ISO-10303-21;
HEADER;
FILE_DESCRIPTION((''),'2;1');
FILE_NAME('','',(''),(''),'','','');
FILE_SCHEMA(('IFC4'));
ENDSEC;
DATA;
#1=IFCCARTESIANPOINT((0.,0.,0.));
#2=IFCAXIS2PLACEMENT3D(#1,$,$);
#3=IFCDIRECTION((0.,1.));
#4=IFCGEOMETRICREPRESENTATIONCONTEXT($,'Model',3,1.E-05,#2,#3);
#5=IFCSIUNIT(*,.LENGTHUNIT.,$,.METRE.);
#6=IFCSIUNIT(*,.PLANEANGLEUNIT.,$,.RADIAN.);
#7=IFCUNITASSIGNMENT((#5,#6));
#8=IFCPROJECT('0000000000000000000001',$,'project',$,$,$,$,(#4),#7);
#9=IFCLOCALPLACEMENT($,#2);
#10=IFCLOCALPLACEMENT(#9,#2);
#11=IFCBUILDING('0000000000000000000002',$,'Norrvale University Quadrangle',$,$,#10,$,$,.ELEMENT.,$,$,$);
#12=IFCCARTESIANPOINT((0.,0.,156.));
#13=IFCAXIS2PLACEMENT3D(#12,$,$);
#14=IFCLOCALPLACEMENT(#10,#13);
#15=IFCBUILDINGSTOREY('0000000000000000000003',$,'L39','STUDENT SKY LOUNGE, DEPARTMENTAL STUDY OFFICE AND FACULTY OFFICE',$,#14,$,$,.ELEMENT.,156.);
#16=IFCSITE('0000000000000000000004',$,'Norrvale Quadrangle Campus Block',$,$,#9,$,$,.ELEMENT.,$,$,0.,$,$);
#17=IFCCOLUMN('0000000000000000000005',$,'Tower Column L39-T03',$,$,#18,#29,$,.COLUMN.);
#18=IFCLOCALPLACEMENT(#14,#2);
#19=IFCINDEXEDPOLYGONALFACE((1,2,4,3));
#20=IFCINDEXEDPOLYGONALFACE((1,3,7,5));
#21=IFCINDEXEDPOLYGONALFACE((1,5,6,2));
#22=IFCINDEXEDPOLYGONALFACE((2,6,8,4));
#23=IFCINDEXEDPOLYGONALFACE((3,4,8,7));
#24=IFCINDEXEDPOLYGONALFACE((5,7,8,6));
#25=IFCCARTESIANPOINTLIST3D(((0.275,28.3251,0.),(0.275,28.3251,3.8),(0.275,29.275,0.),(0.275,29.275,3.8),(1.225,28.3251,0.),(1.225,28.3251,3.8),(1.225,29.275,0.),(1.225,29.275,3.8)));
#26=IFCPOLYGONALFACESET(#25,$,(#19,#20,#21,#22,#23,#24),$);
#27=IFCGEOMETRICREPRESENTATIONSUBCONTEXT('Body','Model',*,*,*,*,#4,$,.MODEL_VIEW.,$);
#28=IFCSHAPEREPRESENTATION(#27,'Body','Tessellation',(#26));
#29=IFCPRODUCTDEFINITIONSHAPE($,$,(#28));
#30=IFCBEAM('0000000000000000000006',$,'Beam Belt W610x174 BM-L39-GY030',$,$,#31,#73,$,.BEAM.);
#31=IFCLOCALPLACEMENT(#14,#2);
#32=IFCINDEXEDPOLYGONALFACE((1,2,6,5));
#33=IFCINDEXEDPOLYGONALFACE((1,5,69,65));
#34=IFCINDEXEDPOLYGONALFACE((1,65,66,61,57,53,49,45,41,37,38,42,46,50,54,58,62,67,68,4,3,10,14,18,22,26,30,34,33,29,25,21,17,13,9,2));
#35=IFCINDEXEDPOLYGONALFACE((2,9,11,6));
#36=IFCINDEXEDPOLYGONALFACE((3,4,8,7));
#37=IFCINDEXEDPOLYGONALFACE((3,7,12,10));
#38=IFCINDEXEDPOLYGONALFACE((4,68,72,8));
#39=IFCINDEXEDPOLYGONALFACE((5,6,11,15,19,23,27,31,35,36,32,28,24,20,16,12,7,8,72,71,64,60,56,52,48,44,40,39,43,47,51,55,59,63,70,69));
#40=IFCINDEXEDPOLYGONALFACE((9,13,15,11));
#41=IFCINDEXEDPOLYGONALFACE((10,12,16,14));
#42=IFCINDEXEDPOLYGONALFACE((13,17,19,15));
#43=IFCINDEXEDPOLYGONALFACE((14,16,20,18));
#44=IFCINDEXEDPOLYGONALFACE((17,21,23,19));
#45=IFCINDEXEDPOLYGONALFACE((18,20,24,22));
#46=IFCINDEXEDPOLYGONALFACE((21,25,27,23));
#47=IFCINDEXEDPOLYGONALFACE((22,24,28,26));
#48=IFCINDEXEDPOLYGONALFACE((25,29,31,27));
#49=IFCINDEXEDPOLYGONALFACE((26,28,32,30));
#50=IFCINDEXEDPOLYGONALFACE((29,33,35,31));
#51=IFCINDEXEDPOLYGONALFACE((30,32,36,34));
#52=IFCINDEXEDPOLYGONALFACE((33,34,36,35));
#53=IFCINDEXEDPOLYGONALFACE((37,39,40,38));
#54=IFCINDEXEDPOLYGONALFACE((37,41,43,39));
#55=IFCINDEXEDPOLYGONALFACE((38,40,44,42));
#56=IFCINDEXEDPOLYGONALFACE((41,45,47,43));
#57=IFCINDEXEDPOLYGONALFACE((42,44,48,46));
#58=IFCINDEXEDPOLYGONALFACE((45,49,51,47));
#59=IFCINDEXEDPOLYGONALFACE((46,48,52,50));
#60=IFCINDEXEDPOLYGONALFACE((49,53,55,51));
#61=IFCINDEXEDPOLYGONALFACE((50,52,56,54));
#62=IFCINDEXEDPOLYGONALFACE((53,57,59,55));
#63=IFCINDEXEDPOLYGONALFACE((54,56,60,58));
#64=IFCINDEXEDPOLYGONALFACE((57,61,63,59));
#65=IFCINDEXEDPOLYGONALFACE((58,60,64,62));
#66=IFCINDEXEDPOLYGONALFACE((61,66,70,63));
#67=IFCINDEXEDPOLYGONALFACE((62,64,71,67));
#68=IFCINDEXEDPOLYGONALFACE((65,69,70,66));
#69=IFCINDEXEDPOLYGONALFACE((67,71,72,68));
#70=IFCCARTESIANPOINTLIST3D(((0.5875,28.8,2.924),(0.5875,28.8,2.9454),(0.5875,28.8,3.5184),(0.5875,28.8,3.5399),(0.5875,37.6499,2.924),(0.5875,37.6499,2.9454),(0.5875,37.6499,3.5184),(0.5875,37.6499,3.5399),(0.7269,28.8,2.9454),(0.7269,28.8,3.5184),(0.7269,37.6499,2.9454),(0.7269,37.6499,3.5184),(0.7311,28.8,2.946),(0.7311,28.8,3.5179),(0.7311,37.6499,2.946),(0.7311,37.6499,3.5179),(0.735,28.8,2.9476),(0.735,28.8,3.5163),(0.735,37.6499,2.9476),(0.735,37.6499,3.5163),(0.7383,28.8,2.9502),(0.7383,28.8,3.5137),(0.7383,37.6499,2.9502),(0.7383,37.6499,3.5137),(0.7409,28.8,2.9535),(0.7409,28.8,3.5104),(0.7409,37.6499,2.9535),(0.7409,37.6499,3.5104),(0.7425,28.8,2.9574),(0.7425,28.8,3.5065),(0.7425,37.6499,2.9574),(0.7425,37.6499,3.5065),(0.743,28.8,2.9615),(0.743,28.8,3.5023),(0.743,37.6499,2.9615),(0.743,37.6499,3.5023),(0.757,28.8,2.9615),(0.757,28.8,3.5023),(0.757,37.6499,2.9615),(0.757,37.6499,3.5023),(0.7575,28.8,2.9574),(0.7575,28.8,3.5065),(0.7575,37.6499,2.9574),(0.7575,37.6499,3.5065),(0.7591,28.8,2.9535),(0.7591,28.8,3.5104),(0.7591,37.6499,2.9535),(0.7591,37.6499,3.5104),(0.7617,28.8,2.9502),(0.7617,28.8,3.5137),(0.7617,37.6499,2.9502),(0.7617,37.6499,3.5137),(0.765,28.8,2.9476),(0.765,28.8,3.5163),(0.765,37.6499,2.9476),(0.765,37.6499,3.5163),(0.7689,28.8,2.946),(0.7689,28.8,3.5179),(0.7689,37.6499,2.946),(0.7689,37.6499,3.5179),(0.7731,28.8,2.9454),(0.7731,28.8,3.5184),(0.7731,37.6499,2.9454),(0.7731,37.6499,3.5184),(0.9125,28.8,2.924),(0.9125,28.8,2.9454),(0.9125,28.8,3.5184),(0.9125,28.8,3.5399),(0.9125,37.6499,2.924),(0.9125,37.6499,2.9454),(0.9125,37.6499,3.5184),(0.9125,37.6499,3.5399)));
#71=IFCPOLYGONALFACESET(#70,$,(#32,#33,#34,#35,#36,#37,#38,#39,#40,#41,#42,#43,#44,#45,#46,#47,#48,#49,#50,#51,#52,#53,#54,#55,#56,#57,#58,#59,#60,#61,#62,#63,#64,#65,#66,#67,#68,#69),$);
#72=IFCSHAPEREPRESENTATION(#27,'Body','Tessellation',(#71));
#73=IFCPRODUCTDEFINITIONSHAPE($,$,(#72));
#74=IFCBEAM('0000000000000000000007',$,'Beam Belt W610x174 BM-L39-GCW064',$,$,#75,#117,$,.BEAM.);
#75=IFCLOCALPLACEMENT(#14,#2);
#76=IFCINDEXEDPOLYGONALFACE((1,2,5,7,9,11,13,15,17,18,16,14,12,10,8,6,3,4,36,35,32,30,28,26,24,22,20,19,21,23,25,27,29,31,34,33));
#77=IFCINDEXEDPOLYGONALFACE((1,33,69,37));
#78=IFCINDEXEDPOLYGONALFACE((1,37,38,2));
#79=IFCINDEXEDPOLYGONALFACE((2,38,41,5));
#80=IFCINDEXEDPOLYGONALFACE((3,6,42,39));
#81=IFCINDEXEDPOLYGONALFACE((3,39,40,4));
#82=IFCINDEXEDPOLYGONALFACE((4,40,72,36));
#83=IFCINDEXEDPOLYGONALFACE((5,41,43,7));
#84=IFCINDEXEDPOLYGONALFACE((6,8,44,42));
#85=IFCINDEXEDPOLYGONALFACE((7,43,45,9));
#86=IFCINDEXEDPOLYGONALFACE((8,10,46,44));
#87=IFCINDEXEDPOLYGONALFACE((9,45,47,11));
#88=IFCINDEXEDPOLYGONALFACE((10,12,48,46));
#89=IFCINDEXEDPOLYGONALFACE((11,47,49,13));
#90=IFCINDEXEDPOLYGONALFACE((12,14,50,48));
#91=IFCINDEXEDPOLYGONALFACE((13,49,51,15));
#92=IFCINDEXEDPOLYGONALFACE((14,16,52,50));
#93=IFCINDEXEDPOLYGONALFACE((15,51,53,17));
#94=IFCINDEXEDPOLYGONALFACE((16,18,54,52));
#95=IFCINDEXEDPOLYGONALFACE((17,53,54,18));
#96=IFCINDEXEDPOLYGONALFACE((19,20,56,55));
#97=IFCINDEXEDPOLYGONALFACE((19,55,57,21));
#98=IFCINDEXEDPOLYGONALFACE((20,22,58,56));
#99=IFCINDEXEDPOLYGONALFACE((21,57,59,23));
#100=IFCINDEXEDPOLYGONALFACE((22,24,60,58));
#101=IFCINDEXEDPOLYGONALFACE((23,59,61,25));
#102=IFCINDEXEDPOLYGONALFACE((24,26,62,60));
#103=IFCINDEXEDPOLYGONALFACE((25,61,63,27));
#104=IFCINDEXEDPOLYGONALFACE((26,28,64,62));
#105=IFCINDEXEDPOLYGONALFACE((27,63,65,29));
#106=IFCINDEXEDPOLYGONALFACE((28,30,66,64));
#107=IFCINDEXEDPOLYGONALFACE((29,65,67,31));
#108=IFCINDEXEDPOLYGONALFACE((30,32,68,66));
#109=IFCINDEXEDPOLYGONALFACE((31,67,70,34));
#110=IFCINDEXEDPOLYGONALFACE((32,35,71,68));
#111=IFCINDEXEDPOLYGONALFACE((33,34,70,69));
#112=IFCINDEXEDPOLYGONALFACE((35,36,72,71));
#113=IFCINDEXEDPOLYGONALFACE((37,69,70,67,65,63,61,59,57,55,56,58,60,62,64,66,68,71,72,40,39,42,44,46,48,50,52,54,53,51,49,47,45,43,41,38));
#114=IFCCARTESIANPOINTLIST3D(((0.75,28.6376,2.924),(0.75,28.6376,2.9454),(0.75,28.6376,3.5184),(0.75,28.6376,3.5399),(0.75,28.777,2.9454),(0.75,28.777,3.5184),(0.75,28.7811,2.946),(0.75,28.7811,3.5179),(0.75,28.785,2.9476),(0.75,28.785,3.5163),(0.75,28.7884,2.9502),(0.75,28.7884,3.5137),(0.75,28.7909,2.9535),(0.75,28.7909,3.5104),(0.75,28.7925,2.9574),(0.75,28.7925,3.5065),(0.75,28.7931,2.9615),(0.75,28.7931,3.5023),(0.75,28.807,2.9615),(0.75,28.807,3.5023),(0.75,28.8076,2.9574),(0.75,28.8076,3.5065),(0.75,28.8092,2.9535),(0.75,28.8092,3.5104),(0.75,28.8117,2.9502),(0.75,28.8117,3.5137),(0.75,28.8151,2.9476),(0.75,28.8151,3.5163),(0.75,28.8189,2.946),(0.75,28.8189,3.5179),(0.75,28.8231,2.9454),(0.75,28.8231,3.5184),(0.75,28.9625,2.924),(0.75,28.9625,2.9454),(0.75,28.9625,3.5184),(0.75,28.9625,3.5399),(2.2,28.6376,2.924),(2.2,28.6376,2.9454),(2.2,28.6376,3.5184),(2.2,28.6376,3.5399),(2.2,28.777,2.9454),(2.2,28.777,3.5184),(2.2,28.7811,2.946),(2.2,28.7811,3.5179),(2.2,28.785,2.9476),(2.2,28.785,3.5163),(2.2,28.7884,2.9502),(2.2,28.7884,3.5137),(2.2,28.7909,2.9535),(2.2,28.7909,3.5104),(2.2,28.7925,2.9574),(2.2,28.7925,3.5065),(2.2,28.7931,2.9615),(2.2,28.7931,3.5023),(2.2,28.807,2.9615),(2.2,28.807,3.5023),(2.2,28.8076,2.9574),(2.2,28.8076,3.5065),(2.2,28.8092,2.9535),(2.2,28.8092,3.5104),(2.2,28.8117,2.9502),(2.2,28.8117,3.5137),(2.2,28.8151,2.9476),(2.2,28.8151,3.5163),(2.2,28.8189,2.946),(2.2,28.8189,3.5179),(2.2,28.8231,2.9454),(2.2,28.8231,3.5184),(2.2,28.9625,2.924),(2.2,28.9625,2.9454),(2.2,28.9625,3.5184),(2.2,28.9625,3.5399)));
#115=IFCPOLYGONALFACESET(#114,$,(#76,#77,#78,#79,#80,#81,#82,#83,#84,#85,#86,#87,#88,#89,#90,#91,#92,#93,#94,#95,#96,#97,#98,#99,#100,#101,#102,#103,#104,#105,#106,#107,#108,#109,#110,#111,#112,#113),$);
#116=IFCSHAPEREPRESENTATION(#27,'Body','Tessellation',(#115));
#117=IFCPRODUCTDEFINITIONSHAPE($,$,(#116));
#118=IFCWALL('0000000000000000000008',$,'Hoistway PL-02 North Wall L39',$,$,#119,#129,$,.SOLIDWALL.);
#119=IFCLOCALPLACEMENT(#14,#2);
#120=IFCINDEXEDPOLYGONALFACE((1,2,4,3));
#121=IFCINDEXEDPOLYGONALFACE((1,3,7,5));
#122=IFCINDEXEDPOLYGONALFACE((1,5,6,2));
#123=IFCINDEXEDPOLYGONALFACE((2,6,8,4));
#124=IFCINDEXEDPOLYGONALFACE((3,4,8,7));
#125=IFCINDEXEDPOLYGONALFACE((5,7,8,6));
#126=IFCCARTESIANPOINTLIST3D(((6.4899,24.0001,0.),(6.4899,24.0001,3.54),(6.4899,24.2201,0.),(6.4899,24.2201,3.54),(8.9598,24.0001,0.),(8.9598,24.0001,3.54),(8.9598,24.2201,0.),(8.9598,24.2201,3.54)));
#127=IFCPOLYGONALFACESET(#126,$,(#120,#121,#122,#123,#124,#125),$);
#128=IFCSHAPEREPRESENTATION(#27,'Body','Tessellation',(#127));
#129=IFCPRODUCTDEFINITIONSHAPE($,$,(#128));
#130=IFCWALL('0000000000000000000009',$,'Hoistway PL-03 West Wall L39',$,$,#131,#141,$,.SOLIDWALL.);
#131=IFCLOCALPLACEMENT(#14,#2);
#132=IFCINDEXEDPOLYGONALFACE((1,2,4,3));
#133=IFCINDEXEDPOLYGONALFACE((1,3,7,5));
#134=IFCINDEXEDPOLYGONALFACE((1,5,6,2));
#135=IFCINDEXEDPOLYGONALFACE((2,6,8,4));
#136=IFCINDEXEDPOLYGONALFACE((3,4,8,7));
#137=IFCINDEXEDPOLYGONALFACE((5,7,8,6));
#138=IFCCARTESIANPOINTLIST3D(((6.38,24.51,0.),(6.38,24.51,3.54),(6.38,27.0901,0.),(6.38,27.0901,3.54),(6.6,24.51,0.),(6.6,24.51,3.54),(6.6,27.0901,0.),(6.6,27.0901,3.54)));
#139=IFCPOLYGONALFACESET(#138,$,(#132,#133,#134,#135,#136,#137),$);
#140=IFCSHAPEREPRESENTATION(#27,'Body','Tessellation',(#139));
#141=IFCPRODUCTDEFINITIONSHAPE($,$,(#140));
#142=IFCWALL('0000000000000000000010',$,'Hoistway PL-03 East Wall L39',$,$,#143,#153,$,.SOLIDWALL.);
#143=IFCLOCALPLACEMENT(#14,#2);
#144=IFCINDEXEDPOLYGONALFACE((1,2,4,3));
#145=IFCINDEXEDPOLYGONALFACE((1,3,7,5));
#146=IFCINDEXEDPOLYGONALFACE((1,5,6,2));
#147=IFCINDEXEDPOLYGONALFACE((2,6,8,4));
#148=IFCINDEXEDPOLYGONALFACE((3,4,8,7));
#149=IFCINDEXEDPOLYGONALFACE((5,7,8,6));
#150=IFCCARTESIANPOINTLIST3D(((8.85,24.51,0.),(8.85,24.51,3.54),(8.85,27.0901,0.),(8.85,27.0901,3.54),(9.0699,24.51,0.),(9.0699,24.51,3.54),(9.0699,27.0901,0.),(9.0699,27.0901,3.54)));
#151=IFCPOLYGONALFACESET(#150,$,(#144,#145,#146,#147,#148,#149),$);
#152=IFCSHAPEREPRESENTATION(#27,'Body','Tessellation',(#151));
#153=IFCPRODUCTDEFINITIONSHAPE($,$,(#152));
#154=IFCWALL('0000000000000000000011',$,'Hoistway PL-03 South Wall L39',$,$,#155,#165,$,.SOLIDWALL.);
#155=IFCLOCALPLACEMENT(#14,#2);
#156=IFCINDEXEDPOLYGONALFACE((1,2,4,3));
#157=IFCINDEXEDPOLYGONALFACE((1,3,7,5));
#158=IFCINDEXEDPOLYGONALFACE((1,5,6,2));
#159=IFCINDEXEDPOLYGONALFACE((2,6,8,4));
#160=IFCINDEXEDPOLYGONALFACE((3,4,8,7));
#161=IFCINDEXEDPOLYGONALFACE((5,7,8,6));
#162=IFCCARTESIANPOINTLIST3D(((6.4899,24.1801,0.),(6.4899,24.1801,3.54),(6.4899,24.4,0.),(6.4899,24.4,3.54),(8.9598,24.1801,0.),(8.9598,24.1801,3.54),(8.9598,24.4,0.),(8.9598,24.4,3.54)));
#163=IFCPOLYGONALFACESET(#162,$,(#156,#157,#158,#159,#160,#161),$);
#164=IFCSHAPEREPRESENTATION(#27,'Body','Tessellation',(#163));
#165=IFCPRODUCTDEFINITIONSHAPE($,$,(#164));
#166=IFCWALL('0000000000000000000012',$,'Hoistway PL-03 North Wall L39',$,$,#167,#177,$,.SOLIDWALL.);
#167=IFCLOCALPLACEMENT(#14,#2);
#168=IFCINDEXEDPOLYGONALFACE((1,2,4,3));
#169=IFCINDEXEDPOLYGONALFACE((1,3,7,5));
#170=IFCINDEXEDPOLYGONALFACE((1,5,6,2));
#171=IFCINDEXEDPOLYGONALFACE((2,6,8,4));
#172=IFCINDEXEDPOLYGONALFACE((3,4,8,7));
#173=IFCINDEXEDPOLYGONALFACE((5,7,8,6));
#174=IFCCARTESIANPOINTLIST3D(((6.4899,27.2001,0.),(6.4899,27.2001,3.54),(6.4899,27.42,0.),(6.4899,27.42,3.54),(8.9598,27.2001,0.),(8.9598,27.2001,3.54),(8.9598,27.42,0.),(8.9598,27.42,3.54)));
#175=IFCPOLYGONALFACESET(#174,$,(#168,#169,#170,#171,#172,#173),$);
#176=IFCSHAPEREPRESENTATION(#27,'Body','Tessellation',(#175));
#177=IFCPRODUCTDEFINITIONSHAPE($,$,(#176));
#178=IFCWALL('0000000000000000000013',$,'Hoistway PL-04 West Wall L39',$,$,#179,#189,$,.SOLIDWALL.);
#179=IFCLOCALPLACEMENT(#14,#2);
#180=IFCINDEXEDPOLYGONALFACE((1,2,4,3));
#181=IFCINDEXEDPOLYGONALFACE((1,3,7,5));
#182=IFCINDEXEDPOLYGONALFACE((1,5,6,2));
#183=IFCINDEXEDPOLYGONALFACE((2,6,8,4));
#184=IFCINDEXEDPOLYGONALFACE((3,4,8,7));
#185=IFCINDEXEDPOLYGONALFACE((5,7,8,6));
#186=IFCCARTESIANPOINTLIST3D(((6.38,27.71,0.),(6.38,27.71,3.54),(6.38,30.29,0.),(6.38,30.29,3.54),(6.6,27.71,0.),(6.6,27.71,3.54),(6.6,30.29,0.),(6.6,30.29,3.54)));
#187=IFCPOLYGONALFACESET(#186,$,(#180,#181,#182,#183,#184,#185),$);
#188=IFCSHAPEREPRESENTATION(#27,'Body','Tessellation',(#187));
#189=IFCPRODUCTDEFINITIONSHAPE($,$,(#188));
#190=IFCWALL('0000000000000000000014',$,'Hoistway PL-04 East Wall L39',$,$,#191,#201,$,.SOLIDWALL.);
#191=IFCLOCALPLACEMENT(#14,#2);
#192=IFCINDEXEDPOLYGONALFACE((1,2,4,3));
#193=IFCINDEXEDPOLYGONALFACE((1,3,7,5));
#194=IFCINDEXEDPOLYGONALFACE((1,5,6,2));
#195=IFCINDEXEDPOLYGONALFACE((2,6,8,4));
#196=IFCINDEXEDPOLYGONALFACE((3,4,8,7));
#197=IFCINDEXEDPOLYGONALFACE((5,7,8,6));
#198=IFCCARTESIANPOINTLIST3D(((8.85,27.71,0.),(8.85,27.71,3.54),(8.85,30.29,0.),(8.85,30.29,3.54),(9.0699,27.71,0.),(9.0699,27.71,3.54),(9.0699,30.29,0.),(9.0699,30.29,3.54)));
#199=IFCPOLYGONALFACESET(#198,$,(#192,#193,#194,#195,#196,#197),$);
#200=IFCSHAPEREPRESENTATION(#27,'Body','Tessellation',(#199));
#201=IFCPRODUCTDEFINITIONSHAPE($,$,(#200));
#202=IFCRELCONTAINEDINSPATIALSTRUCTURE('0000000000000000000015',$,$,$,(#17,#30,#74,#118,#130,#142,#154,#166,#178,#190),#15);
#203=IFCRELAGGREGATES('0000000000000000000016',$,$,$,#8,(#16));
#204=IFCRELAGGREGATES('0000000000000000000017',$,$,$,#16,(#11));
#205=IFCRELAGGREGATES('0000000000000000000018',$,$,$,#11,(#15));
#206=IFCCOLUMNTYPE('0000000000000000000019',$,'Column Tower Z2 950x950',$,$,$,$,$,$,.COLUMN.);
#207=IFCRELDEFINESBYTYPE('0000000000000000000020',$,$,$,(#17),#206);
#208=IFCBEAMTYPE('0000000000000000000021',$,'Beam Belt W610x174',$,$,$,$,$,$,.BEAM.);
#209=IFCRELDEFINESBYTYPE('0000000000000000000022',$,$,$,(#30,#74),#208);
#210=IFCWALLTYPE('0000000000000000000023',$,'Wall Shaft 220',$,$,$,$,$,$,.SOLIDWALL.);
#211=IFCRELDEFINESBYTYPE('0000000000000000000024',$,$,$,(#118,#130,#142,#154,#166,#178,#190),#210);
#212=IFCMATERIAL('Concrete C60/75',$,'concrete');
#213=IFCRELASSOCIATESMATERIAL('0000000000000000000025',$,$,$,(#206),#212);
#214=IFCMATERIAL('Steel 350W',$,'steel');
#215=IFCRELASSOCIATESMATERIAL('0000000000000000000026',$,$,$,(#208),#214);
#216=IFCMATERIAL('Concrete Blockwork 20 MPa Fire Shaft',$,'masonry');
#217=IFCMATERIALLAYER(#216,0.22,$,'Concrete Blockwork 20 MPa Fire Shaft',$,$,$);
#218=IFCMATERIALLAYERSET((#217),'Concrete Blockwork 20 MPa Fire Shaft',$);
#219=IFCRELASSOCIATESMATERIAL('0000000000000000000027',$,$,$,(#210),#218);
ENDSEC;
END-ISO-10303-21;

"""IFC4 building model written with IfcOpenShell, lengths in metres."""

from ifc_helpers import new_model, si_unit, direction, frame, frame_2d, origin, origin_2d, place, context, subcontext, project, spatial, rectangle, i_section, extrude, material, layer, layer_set, material_profile, profile_set, type_object, element, save


model = new_model("IFC4")

# Units and contexts
model_context = context("Model", 3, precision=1e-05, world=origin(), true_north=direction((0.0, 1.0)))
body_context = subcontext(model_context, "Body", "Model", "MODEL_VIEW")
ifc_project = project(units=[si_unit("LENGTHUNIT", "METRE"), si_unit("PLANEANGLEUNIT", "RADIAN")], contexts=[model_context])

# Site, building, storey
site_placement = place(None, origin())
site = spatial("IfcSite", under=ifc_project, at=site_placement, Name="Norrvale Quadrangle Campus Block", CompositionType="ELEMENT", RefElevation=0.0)
building_placement = place(site_placement, origin())
building = spatial("IfcBuilding", under=site, at=building_placement, Name="Norrvale University Quadrangle", CompositionType="ELEMENT")
storey_placement = place(building_placement, frame((0.0, 0.0, 156.0)))
storey = spatial("IfcBuildingStorey", under=building, at=storey_placement, Name="L39", Description="STUDENT SKY LOUNGE, DEPARTMENTAL STUDY OFFICE AND FACULTY OFFICE", CompositionType="ELEMENT", Elevation=156.0)

# Column
ifc_material_1 = material(Name="Concrete C60/75", Category="concrete")
ifc_material_profile_1 = material_profile(ifc_material_1, rectangle(XDim=0.95, YDim=0.95, at=origin_2d()), Name="Concrete C60/75")
ifc_profile_set_1 = profile_set([ifc_material_profile_1], Name="Concrete C60/75")
column_type = type_object("IfcColumnType", Name="Column Tower Z2 950x950", PredefinedType="COLUMN", material=ifc_profile_set_1)
column_placement = place(storey_placement, frame((0.75, 28.8, 0.0), z_axis=(0.0, 0.0, 1.0), x_axis=(1.0, 0.0, 0.0)))
element("IfcColumn", 1, at=column_placement, inside=storey, type_object=column_type, Name="Tower Column L39-T03", PredefinedType="COLUMN", context=body_context, shape_type="SweptSolid", body=[
    extrude(rectangle(XDim=0.95, YDim=0.95, at=origin_2d()), origin(), (0.0, 0.0, 1.0), 3.8),
])

# Beams
ifc_material_2 = material(Name="Steel 350W", Category="steel")
ifc_material_profile_2 = material_profile(ifc_material_2, i_section(OverallWidth=0.325, OverallDepth=0.616, WebThickness=0.0139, FlangeThickness=0.0215, FilletRadius=0.0161, at=origin_2d()), Name="Steel 350W")
ifc_profile_set_2 = profile_set([ifc_material_profile_2], Name="Steel 350W")
beam_type = type_object("IfcBeamType", Name="Beam Belt W610x174", PredefinedType="BEAM", material=ifc_profile_set_2)
beam_1_placement = place(storey_placement, frame((0.75, 28.8, 3.2319), z_axis=(0.0, 1.0, 0.0), x_axis=(-1.0, 0.0, 0.0)))
element("IfcBeam", 2, at=beam_1_placement, inside=storey, type_object=beam_type, Name="Beam Belt W610x174 BM-L39-GY030", PredefinedType="BEAM", context=body_context, shape_type="SweptSolid", body=[
    extrude(i_section(OverallWidth=0.325, OverallDepth=0.616, WebThickness=0.0139, FlangeThickness=0.0215, FilletRadius=0.0161, at=origin_2d()), origin(), (0.0, 0.0, 1.0), 8.8499),
])
beam_2_placement = place(storey_placement, frame((0.75, 28.8, 3.2319), z_axis=(1.0, 0.0, 0.0), x_axis=(0.0, 1.0, 0.0)))
element("IfcBeam", 3, at=beam_2_placement, inside=storey, type_object=beam_type, Name="Beam Belt W610x174 BM-L39-GCW064", PredefinedType="BEAM", context=body_context, shape_type="SweptSolid", body=[
    extrude(i_section(OverallWidth=0.325, OverallDepth=0.616, WebThickness=0.0139, FlangeThickness=0.0215, FilletRadius=0.0161, at=origin_2d()), origin(), (0.0, 0.0, 1.0), 1.45),
])

# Walls
ifc_material_3 = material(Name="Concrete Blockwork 20 MPa Fire Shaft", Category="masonry")
ifc_layer_1 = layer(ifc_material_3, 0.22, Name="Concrete Blockwork 20 MPa Fire Shaft")
ifc_layer_set_1 = layer_set([ifc_layer_1], Name="Concrete Blockwork 20 MPa Fire Shaft")
wall_type = type_object("IfcWallType", Name="Wall Shaft 220", PredefinedType="SOLIDWALL", material=ifc_layer_set_1)
wall_1_placement = place(storey_placement, frame((6.49, 24.1101, 0.0), z_axis=(0.0, 0.0, 1.0), x_axis=(1.0, 0.0, 0.0)))
element("IfcWall", 4, at=wall_1_placement, inside=storey, type_object=wall_type, Name="Hoistway PL-02 North Wall L39", PredefinedType="SOLIDWALL", context=body_context, shape_type="SweptSolid", body=[
    extrude(rectangle(XDim=2.47, YDim=0.22, at=frame_2d((1.2349, 0.0))), origin(), (0.0, 0.0, 1.0), 3.54),
])
for number, where, z_axis, x_axis, name in (
    (5, (6.49, 24.51, 0.0), (0.0, 0.0, 1.0), (0.0, 1.0, 0.0), "Hoistway PL-03 West Wall L39"),
    (6, (8.96, 24.51, 0.0), (0.0, 0.0, 1.0), (0.0, 1.0, 0.0), "Hoistway PL-03 East Wall L39"),
):
    element("IfcWall", number, at=place(storey_placement, frame(where, z_axis=z_axis, x_axis=x_axis)), inside=storey, type_object=wall_type, Name=name, PredefinedType="SOLIDWALL", context=body_context, shape_type="SweptSolid", body=[
        extrude(rectangle(XDim=2.5801, YDim=0.22, at=frame_2d((1.29, 0.0))), origin(), (0.0, 0.0, 1.0), 3.54),
    ])
for number, where, z_axis, x_axis, name in (
    (7, (6.49, 24.29, 0.0), (0.0, 0.0, 1.0), (1.0, 0.0, 0.0), "Hoistway PL-03 South Wall L39"),
    (8, (6.49, 27.3101, 0.0), (0.0, 0.0, 1.0), (1.0, 0.0, 0.0), "Hoistway PL-03 North Wall L39"),
):
    element("IfcWall", number, at=place(storey_placement, frame(where, z_axis=z_axis, x_axis=x_axis)), inside=storey, type_object=wall_type, Name=name, PredefinedType="SOLIDWALL", context=body_context, shape_type="SweptSolid", body=[
        extrude(rectangle(XDim=2.47, YDim=0.22, at=frame_2d((1.2349, 0.0))), origin(), (0.0, 0.0, 1.0), 3.54),
    ])
for number, where, z_axis, x_axis, name in (
    (9, (6.49, 27.71, 0.0), (0.0, 0.0, 1.0), (0.0, 1.0, 0.0), "Hoistway PL-04 West Wall L39"),
    (10, (8.96, 27.71, 0.0), (0.0, 0.0, 1.0), (0.0, 1.0, 0.0), "Hoistway PL-04 East Wall L39"),
):
    element("IfcWall", number, at=place(storey_placement, frame(where, z_axis=z_axis, x_axis=x_axis)), inside=storey, type_object=wall_type, Name=name, PredefinedType="SOLIDWALL", context=body_context, shape_type="SweptSolid", body=[
        extrude(rectangle(XDim=2.5801, YDim=0.22, at=frame_2d((1.29, 0.0))), origin(), (0.0, 0.0, 1.0), 3.54),
    ])

save(model, "model.ifc")
